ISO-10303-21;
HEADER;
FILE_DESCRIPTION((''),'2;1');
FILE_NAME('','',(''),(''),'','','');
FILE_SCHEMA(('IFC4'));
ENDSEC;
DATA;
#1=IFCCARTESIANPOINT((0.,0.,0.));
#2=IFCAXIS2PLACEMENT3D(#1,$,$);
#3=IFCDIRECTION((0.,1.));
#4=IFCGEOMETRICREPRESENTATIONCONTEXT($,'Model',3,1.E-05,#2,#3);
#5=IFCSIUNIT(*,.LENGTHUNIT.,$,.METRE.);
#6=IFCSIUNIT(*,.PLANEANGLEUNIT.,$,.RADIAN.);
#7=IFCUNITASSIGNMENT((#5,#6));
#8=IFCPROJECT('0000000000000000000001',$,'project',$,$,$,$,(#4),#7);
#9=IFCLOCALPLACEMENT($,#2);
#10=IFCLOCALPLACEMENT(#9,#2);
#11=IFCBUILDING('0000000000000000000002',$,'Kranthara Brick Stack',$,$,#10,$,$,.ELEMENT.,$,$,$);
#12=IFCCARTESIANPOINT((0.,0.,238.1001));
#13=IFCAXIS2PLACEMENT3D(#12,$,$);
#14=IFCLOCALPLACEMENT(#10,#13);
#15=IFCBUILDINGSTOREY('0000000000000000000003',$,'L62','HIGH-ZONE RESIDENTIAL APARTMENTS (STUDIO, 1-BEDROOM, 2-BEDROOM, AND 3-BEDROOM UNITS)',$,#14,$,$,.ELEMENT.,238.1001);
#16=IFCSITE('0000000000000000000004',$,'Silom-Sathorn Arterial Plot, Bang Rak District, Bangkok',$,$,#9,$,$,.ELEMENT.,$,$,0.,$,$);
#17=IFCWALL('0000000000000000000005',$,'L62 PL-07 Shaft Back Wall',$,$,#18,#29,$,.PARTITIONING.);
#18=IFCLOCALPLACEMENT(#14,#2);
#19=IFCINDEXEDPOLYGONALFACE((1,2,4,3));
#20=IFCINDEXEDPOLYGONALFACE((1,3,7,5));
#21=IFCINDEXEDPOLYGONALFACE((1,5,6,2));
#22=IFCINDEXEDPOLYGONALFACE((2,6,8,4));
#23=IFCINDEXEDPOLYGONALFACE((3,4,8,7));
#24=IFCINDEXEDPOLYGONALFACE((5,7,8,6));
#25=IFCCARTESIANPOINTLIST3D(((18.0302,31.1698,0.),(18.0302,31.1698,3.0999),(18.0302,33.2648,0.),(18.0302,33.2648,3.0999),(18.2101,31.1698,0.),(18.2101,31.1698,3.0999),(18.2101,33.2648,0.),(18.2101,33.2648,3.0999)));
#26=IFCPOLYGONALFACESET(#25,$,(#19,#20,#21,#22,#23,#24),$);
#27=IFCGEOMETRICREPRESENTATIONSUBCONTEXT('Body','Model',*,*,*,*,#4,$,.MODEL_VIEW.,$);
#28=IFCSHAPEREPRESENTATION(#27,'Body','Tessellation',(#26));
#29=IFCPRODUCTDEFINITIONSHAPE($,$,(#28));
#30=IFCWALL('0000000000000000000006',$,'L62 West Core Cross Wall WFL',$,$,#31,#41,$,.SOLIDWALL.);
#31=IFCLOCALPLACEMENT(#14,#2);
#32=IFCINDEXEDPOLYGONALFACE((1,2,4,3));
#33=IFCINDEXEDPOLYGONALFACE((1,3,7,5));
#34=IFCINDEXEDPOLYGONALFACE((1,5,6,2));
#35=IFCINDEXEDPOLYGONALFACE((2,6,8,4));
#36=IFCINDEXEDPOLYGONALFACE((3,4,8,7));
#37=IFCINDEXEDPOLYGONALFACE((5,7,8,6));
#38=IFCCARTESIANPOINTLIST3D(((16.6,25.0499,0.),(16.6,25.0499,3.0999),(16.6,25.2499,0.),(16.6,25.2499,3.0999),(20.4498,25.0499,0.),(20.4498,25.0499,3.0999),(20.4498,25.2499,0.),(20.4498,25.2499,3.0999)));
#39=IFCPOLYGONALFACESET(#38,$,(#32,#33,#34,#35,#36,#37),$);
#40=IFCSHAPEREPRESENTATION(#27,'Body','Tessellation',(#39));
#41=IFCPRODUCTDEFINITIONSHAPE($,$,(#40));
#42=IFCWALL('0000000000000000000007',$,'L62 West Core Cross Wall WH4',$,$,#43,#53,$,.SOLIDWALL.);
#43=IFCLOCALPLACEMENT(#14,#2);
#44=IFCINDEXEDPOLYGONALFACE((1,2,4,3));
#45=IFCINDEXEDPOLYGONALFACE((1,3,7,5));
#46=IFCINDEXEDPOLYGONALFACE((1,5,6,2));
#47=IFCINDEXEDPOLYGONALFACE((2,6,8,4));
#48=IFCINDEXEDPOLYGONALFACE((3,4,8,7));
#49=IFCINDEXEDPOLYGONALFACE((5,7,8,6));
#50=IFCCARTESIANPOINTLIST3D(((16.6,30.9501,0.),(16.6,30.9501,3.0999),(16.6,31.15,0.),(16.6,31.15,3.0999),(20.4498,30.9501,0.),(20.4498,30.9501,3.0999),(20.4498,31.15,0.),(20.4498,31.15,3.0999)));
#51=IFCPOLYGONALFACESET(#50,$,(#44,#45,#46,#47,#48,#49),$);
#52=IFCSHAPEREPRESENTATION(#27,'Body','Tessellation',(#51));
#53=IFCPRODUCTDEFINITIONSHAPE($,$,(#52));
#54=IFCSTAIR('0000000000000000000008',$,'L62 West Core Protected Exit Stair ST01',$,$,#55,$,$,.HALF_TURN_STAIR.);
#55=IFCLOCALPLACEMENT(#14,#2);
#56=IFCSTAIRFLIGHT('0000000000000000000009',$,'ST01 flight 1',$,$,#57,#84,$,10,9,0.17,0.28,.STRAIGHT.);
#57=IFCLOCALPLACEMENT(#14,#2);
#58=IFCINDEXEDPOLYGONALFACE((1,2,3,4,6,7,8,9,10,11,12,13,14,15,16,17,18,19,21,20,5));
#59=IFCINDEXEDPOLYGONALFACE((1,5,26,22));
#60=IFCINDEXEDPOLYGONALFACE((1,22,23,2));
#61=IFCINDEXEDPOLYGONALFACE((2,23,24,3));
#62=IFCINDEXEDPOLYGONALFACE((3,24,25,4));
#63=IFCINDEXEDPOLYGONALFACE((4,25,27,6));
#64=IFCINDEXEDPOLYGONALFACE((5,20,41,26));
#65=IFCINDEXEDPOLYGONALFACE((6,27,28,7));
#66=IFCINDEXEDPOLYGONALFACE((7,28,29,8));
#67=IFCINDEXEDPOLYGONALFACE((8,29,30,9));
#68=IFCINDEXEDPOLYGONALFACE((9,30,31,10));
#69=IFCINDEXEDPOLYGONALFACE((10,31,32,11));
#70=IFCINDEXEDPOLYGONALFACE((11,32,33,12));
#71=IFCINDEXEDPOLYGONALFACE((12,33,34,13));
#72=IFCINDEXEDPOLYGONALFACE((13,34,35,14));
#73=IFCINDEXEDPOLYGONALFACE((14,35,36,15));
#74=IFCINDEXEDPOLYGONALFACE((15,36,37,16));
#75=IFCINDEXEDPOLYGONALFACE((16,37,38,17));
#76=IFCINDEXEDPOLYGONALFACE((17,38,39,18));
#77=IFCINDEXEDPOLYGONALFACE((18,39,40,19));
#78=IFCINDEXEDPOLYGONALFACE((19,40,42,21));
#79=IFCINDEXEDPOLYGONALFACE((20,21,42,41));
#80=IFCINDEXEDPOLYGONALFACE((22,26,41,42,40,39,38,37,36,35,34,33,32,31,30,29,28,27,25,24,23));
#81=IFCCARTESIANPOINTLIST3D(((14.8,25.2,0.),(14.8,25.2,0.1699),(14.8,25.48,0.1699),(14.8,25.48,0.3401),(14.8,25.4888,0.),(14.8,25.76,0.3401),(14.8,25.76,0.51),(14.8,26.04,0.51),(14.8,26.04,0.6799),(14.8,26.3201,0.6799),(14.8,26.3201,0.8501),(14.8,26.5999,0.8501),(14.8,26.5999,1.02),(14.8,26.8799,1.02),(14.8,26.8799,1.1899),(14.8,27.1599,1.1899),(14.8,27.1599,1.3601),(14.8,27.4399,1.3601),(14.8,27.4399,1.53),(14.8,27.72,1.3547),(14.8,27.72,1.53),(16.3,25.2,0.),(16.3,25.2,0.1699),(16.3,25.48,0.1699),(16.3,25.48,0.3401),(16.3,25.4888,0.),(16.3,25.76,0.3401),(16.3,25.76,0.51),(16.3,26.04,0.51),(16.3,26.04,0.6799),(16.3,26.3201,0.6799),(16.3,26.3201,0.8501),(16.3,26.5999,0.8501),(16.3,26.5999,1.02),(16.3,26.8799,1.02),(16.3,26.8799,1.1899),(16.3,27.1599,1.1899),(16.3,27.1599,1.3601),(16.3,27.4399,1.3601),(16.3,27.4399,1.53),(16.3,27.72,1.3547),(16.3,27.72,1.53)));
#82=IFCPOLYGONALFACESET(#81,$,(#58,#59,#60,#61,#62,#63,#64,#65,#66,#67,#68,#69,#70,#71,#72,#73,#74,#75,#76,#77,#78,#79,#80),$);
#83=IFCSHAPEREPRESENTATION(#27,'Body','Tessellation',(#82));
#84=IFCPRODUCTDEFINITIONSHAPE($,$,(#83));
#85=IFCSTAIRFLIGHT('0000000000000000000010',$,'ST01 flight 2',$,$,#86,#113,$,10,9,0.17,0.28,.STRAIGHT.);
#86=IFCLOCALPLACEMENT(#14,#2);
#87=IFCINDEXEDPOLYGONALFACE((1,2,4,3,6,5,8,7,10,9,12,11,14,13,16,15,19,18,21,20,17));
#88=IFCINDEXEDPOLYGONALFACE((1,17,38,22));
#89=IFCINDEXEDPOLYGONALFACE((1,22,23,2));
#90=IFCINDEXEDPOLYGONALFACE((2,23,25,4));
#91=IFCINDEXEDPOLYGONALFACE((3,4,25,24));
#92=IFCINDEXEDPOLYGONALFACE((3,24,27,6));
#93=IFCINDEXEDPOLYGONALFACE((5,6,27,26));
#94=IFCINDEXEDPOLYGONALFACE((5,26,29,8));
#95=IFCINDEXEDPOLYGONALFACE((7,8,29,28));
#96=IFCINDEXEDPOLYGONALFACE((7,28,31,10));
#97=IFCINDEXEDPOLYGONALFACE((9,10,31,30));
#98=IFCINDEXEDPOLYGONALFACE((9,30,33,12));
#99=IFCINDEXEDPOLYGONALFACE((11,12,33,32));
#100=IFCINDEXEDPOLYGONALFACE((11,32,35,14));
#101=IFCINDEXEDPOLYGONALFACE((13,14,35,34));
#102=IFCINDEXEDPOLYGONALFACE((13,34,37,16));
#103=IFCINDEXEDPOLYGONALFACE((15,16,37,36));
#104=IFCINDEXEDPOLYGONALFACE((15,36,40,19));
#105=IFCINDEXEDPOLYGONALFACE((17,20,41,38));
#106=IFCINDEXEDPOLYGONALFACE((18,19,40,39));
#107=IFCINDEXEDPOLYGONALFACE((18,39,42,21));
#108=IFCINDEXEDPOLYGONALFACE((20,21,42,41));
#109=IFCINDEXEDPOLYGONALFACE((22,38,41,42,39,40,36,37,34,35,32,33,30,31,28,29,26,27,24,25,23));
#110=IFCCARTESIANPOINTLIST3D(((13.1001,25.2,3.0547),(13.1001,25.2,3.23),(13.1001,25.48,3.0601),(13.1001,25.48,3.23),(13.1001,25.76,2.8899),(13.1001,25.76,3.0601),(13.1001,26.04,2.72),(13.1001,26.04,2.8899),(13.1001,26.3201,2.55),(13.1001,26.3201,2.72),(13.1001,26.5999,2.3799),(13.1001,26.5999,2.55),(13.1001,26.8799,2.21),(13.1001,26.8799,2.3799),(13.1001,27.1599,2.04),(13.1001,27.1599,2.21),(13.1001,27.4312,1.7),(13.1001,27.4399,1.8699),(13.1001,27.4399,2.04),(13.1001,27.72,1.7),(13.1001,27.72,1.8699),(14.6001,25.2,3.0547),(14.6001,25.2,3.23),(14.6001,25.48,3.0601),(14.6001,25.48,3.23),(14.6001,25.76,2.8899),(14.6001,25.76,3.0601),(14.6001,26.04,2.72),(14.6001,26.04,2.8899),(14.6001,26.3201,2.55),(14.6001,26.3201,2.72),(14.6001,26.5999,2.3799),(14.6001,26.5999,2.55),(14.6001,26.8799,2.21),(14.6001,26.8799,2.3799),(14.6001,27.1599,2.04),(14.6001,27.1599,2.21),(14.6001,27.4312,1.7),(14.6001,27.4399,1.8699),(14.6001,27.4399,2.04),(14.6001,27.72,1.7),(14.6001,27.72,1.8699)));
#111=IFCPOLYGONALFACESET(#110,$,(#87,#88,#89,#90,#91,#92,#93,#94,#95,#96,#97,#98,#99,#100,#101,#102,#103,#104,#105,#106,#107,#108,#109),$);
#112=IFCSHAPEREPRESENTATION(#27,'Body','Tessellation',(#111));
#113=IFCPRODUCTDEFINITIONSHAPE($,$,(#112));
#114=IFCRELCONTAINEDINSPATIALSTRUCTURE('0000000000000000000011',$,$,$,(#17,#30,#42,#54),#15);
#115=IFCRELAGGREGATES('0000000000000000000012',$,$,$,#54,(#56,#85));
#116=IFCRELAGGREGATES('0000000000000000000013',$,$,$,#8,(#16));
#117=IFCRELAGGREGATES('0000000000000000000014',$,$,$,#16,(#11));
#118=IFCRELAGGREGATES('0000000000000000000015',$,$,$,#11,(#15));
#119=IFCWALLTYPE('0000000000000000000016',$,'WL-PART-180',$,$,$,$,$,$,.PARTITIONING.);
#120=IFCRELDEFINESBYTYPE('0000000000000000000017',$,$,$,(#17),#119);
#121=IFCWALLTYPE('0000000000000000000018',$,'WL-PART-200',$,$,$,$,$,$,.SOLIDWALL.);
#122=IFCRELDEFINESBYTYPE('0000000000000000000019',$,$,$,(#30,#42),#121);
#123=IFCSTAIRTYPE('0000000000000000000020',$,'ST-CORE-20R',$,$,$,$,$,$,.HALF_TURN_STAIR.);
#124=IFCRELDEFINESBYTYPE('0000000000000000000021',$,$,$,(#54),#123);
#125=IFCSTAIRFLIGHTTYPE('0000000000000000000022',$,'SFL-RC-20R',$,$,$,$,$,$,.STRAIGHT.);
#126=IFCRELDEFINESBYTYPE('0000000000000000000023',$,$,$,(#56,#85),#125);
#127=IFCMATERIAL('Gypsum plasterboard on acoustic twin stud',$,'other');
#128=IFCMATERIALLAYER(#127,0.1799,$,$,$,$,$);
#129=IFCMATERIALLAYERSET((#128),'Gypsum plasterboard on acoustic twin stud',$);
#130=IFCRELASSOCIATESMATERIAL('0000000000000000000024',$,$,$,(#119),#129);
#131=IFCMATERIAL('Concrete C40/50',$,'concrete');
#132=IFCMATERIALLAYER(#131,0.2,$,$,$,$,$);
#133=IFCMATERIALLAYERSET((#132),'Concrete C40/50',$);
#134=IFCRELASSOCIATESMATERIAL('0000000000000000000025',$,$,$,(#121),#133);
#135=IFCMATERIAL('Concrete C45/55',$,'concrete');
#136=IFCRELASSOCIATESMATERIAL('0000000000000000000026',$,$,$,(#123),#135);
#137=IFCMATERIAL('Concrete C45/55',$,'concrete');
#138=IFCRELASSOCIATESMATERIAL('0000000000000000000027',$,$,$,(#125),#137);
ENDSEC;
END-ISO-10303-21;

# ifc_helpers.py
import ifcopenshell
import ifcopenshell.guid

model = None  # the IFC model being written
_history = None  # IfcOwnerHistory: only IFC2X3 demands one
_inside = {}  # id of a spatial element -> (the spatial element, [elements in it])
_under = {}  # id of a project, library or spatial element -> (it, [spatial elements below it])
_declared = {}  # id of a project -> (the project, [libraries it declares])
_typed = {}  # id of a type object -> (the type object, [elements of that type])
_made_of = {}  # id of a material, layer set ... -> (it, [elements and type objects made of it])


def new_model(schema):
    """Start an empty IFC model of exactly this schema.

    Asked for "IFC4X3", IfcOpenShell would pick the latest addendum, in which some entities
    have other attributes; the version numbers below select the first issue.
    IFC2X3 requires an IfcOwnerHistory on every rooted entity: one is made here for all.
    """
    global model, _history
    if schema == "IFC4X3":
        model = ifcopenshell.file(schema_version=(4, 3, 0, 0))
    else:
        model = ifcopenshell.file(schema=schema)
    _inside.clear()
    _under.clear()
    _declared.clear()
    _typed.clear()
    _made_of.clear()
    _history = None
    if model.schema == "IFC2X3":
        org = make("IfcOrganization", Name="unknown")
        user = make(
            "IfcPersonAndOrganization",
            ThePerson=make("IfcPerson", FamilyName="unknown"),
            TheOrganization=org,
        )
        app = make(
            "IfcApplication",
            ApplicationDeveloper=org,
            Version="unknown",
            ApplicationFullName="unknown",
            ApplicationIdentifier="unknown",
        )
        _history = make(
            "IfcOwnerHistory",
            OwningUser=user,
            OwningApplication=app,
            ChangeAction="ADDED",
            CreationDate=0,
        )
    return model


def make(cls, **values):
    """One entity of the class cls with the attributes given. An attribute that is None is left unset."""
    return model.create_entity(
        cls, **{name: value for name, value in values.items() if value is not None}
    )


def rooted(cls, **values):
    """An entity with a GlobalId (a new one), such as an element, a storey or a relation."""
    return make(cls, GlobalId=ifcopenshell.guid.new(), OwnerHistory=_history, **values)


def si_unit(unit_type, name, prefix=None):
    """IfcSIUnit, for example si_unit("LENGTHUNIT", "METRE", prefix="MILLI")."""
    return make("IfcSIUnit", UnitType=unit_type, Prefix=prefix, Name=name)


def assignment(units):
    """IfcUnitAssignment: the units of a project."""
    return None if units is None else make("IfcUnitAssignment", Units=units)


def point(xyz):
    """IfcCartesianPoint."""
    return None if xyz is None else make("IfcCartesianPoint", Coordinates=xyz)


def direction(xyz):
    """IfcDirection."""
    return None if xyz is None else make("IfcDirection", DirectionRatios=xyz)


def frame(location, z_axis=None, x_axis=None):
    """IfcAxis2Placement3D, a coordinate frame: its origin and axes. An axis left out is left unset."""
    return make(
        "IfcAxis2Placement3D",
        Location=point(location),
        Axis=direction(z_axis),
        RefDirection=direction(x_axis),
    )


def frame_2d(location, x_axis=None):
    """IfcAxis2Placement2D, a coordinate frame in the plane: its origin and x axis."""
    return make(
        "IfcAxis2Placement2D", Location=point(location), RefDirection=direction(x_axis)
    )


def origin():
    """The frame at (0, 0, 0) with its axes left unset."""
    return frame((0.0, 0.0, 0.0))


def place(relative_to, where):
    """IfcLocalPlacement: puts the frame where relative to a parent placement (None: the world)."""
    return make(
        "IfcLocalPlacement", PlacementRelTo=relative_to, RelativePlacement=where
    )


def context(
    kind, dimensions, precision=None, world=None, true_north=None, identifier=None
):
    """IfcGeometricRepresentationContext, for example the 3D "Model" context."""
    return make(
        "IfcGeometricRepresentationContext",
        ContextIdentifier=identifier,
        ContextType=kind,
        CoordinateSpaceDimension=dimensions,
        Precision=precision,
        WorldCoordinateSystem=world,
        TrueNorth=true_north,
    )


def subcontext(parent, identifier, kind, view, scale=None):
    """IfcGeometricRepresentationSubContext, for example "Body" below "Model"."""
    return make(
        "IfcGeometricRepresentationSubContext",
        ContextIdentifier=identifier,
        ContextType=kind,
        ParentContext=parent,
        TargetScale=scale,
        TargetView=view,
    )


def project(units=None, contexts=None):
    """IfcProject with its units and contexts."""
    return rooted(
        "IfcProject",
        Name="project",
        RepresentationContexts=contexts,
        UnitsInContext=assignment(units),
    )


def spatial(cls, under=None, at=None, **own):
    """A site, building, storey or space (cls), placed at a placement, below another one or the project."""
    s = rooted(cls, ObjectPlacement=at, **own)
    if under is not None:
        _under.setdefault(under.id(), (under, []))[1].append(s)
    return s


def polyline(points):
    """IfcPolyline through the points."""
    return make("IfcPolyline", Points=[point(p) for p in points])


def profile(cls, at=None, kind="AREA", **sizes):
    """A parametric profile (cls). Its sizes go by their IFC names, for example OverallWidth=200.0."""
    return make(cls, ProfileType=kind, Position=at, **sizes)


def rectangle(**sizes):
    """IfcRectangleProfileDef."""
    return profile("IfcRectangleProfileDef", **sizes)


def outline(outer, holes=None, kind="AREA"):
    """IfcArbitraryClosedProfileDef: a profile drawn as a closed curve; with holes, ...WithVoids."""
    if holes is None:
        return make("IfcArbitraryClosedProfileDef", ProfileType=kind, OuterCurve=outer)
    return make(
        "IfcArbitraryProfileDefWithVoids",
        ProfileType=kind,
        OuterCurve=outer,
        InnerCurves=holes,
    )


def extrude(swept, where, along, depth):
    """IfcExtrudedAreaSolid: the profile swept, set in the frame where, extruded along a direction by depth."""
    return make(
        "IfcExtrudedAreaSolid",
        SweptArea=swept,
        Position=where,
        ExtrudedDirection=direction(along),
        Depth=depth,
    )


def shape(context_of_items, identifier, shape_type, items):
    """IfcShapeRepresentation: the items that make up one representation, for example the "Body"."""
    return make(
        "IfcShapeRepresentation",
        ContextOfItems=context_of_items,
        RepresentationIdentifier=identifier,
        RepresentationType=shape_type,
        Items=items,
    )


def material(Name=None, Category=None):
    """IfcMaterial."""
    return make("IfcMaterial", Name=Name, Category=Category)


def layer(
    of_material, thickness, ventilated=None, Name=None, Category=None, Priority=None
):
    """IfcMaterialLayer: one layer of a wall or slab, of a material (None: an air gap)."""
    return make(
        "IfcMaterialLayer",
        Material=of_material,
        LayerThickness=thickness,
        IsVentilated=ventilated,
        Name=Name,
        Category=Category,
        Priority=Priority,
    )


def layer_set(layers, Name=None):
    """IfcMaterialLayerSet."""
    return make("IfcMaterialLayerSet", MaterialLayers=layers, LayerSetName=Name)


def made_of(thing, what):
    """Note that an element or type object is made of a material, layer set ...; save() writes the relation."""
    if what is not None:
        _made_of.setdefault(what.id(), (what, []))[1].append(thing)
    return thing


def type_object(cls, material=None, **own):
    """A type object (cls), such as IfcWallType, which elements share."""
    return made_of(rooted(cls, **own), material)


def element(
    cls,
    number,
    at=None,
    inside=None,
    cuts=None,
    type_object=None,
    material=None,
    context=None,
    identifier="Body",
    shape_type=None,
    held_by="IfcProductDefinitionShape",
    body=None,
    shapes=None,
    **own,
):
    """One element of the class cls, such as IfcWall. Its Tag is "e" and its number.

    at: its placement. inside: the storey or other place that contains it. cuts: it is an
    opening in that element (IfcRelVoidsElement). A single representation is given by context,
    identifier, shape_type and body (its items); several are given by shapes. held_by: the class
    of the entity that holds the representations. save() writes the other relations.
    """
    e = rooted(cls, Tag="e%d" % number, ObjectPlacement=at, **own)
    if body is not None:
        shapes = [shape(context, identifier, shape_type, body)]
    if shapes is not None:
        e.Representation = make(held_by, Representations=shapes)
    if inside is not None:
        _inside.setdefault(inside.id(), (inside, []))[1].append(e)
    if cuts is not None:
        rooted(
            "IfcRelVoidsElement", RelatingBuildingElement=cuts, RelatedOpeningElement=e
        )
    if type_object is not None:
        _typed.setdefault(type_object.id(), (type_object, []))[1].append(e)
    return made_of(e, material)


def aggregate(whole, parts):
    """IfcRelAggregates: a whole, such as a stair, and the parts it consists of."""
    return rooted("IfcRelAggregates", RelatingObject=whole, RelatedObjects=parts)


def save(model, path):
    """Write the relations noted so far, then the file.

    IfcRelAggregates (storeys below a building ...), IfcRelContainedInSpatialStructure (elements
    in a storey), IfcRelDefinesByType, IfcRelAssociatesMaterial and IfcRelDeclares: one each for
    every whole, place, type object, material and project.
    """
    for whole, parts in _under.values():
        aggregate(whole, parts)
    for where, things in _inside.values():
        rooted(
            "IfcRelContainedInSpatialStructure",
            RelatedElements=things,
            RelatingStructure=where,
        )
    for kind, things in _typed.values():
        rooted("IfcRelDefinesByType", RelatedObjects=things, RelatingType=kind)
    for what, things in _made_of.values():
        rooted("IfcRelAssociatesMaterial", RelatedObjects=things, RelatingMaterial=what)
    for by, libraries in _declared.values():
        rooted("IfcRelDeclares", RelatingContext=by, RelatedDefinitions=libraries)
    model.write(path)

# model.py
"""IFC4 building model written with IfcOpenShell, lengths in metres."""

from ifc_helpers import new_model, si_unit, direction, frame, frame_2d, origin, place, context, subcontext, project, spatial, polyline, rectangle, outline, extrude, material, layer, layer_set, type_object, element, aggregate, save


model = new_model("IFC4")

# Units and contexts
model_context = context("Model", 3, precision=1e-05, world=origin(), true_north=direction((0.0, 1.0)))
body_context = subcontext(model_context, "Body", "Model", "MODEL_VIEW")
ifc_project = project(units=[si_unit("LENGTHUNIT", "METRE"), si_unit("PLANEANGLEUNIT", "RADIAN")], contexts=[model_context])

# Site, building, storey
site_placement = place(None, origin())
site = spatial("IfcSite", under=ifc_project, at=site_placement, Name="Silom-Sathorn Arterial Plot, Bang Rak District, Bangkok", CompositionType="ELEMENT", RefElevation=0.0)
building_placement = place(site_placement, origin())
building = spatial("IfcBuilding", under=site, at=building_placement, Name="Kranthara Brick Stack", CompositionType="ELEMENT")
storey_placement = place(building_placement, frame((0.0, 0.0, 238.1001)))
storey = spatial("IfcBuildingStorey", under=building, at=storey_placement, Name="L62", Description="HIGH-ZONE RESIDENTIAL APARTMENTS (STUDIO, 1-BEDROOM, 2-BEDROOM, AND 3-BEDROOM UNITS)", CompositionType="ELEMENT", Elevation=238.1001)

# Walls
ifc_material_1 = material(Name="Gypsum plasterboard on acoustic twin stud", Category="other")
ifc_layer_1 = layer(ifc_material_1, 0.1799)
ifc_layer_set_1 = layer_set([ifc_layer_1], Name="Gypsum plasterboard on acoustic twin stud")
wall_type_1 = type_object("IfcWallType", Name="WL-PART-180", PredefinedType="PARTITIONING", material=ifc_layer_set_1)
wall_1_placement = place(storey_placement, frame((18.1201, 31.1699, 0.0), z_axis=(0.0, 0.0, 1.0), x_axis=(0.0, 1.0, 0.0)))
element("IfcWall", 1, at=wall_1_placement, inside=storey, type_object=wall_type_1, Name="L62 PL-07 Shaft Back Wall", PredefinedType="PARTITIONING", context=body_context, shape_type="SweptSolid", body=[
    extrude(rectangle(XDim=2.095, YDim=0.1799, at=frame_2d((1.0474, 0.0))), origin(), (0.0, 0.0, 1.0), 3.0999),
])
ifc_material_2 = material(Name="Concrete C40/50", Category="concrete")
ifc_layer_2 = layer(ifc_material_2, 0.2)
ifc_layer_set_2 = layer_set([ifc_layer_2], Name="Concrete C40/50")
wall_type_2 = type_object("IfcWallType", Name="WL-PART-200", PredefinedType="SOLIDWALL", material=ifc_layer_set_2)
for number, where, z_axis, x_axis, name in (
    (2, (16.6001, 25.1499, 0.0), (0.0, 0.0, 1.0), (1.0, 0.0, 0.0), "L62 West Core Cross Wall WFL"),
    (3, (16.6001, 31.05, 0.0), (0.0, 0.0, 1.0), (1.0, 0.0, 0.0), "L62 West Core Cross Wall WH4"),
):
    element("IfcWall", number, at=place(storey_placement, frame(where, z_axis=z_axis, x_axis=x_axis)), inside=storey, type_object=wall_type_2, Name=name, PredefinedType="SOLIDWALL", context=body_context, shape_type="SweptSolid", body=[
        extrude(rectangle(XDim=3.8499, YDim=0.2, at=frame_2d((1.9248, 0.0))), origin(), (0.0, 0.0, 1.0), 3.0999),
    ])

# Stair, stair flights
ifc_material_3 = material(Name="Concrete C45/55", Category="concrete")
stair_type = type_object("IfcStairType", Name="ST-CORE-20R", PredefinedType="HALF_TURN_STAIR", material=ifc_material_3)
stair_placement = place(storey_placement, origin())
stair = element("IfcStair", 4, at=stair_placement, inside=storey, type_object=stair_type, Name="L62 West Core Protected Exit Stair ST01", PredefinedType="HALF_TURN_STAIR")
ifc_material_4 = material(Name="Concrete C45/55", Category="concrete")
stair_flight_type = type_object("IfcStairFlightType", Name="SFL-RC-20R", PredefinedType="STRAIGHT", material=ifc_material_4)
stair_flight_1_placement = place(storey_placement, frame((15.55, 25.2, 0.0), z_axis=(0.0, 0.0, 1.0), x_axis=(0.0, 1.0, 0.0)))
stair_flight_1 = element("IfcStairFlight", 5, at=stair_flight_1_placement, type_object=stair_flight_type, Name="ST01 flight 1", NumberOfRisers=10, NumberOfTreads=9, PredefinedType="STRAIGHT", RiserHeight=0.17, TreadLength=0.28, context=body_context, shape_type="SweptSolid", body=[
    extrude(outline(polyline([(0.0, 0.0), (0.0, 0.1699), (0.28, 0.1699), (0.28, 0.3401), (0.5601, 0.3401), (0.5601, 0.51), (0.8401, 0.51), (0.8401, 0.6799), (1.1201, 0.6799), (1.1201, 0.8501), (1.3999, 0.8501), (1.3999, 1.02), (1.6799, 1.02), (1.6799, 1.1899), (1.96, 1.1899), (1.96, 1.3601), (2.24, 1.3601), (2.24, 1.53), (2.52, 1.53), (2.52, 1.7), (2.52, 1.3547), (0.2888, 0.0), (0.0, 0.0)])), frame((0.0, 0.75, 0.0), z_axis=(0.0, -1.0, 0.0), x_axis=(1.0, 0.0, 0.0)), (0.0, 0.0, 1.0), 1.5),
])
stair_flight_2_placement = place(storey_placement, frame((13.8501, 27.72, 1.7), z_axis=(0.0, 0.0, 1.0), x_axis=(0.0, -1.0, 0.0)))
stair_flight_2 = element("IfcStairFlight", 6, at=stair_flight_2_placement, type_object=stair_flight_type, Name="ST01 flight 2", NumberOfRisers=10, NumberOfTreads=9, PredefinedType="STRAIGHT", RiserHeight=0.17, TreadLength=0.28, context=body_context, shape_type="SweptSolid", body=[
    extrude(outline(polyline([(0.0, 0.0), (0.0, 0.1699), (0.28, 0.1699), (0.28, 0.3401), (0.5601, 0.3401), (0.5601, 0.51), (0.8401, 0.51), (0.8401, 0.6799), (1.1201, 0.6799), (1.1201, 0.8501), (1.3999, 0.8501), (1.3999, 1.02), (1.6799, 1.02), (1.6799, 1.1899), (1.96, 1.1899), (1.96, 1.3601), (2.24, 1.3601), (2.24, 1.53), (2.52, 1.53), (2.52, 1.7), (2.52, 1.3547), (0.2888, 0.0), (0.0, 0.0)])), frame((0.0, 0.75, 0.0), z_axis=(0.0, -1.0, 0.0), x_axis=(1.0, 0.0, 0.0)), (0.0, 0.0, 1.0), 1.5),
])
aggregate(stair, [stair_flight_1, stair_flight_2])

save(model, "model.ifc")
